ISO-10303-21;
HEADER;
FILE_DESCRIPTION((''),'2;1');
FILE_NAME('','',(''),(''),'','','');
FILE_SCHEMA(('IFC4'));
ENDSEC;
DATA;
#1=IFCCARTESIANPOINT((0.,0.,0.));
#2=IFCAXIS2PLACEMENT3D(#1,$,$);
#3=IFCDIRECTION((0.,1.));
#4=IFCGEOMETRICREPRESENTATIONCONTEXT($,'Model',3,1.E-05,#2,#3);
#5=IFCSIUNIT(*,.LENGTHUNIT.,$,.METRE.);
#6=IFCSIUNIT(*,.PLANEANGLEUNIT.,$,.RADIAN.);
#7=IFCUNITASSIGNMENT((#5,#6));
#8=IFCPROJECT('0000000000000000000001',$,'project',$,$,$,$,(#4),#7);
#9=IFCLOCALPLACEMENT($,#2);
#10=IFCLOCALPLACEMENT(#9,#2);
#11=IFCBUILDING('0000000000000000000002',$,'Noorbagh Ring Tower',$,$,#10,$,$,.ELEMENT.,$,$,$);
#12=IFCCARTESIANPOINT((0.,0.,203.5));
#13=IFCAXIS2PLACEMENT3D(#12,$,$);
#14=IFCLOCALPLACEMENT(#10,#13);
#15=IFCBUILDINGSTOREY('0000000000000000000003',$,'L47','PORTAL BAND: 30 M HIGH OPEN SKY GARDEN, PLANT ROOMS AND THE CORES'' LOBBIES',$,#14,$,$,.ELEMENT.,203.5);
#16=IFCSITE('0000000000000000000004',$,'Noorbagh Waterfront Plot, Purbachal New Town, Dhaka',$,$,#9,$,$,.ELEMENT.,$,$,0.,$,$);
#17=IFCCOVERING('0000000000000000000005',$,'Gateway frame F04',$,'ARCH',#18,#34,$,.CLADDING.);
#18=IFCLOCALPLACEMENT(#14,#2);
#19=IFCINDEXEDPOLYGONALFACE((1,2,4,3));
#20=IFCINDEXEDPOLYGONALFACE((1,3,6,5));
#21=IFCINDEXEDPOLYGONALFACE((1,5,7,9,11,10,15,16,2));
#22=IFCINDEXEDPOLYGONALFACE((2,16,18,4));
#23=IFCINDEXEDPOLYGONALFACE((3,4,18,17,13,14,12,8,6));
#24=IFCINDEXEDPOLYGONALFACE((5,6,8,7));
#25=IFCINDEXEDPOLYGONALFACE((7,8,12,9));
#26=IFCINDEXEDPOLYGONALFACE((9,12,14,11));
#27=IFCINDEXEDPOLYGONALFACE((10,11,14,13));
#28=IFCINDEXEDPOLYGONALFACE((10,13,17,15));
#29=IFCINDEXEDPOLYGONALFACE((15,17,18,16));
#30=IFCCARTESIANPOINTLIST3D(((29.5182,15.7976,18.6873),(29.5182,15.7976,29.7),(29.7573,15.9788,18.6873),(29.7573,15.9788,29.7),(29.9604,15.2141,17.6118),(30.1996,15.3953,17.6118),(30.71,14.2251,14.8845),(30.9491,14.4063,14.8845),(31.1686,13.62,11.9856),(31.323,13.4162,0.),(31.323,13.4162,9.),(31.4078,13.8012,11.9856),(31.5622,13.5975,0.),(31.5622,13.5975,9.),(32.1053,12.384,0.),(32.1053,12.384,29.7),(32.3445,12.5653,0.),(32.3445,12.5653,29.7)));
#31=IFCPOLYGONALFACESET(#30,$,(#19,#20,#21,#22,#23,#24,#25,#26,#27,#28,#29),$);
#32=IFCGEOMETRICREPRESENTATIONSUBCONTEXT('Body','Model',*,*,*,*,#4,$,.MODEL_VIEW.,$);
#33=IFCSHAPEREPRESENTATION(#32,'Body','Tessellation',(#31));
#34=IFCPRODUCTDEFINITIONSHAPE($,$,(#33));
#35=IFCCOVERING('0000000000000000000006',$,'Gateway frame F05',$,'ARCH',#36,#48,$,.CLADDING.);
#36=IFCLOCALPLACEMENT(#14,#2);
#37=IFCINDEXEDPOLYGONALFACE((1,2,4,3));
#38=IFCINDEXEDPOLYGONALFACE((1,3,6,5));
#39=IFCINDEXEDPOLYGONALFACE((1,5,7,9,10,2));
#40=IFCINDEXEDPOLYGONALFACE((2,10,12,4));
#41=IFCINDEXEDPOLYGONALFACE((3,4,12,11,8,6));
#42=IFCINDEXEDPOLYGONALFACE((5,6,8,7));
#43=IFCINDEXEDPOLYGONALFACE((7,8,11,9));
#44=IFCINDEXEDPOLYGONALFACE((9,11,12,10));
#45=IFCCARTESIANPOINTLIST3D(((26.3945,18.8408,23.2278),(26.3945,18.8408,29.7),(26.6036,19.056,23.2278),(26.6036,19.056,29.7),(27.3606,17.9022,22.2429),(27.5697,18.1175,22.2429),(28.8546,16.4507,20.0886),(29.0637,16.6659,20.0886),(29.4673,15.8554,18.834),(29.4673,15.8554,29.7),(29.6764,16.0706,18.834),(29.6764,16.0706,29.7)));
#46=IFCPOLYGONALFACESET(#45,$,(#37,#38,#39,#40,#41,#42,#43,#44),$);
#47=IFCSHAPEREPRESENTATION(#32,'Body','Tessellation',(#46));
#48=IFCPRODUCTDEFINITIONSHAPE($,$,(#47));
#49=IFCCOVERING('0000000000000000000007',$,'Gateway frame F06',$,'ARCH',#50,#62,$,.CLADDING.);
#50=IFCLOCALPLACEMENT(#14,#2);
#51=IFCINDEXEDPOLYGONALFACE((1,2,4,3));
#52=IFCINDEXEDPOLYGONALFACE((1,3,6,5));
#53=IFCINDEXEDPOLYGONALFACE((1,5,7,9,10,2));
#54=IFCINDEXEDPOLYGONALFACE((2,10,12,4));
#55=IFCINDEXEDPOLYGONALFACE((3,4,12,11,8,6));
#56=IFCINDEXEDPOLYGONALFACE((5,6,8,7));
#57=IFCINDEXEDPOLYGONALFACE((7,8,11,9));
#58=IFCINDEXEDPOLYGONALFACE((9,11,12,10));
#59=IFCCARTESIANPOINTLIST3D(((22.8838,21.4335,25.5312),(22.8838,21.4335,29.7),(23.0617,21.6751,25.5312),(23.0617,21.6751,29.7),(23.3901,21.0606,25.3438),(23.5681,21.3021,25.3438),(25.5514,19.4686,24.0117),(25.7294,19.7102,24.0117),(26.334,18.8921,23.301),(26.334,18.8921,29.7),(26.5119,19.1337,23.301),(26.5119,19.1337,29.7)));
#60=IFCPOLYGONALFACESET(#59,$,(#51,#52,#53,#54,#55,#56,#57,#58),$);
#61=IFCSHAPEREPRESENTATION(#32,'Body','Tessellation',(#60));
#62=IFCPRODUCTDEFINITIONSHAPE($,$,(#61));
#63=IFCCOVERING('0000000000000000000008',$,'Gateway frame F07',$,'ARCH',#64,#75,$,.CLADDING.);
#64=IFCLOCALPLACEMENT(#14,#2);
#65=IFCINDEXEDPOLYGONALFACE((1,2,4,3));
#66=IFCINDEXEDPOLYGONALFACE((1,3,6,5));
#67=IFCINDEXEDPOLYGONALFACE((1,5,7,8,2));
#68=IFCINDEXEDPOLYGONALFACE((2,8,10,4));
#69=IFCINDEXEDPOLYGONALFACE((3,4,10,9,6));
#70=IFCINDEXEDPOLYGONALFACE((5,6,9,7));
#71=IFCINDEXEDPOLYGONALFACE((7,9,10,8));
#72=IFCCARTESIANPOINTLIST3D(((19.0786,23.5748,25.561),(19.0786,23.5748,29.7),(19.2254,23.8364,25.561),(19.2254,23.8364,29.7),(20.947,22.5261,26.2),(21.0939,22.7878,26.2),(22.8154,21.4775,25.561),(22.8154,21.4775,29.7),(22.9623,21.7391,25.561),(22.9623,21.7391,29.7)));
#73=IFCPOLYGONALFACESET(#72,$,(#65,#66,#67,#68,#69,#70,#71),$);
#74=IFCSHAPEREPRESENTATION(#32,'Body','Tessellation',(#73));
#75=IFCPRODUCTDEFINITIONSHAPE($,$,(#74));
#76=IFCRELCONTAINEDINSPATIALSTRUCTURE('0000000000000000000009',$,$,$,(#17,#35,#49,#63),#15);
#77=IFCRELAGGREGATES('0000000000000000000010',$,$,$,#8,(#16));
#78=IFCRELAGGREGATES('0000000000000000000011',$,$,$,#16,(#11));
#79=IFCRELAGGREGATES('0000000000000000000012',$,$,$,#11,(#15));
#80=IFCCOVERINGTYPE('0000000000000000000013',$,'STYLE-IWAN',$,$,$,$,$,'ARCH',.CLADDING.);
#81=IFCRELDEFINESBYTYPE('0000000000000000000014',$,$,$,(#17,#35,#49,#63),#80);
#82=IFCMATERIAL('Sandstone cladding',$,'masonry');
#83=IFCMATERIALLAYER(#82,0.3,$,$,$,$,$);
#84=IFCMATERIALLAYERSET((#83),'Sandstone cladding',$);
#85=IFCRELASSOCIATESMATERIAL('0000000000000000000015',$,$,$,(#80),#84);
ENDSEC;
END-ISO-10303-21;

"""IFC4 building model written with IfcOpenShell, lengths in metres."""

from ifc_helpers import new_model, si_unit, direction, frame, origin, place, context, subcontext, project, spatial, polyline, outline, extrude, material, layer, layer_set, type_object, element, save


model = new_model("IFC4")

# Units and contexts
model_context = context("Model", 3, precision=1e-05, world=origin(), true_north=direction((0.0, 1.0)))
body_context = subcontext(model_context, "Body", "Model", "MODEL_VIEW")
ifc_project = project(units=[si_unit("LENGTHUNIT", "METRE"), si_unit("PLANEANGLEUNIT", "RADIAN")], contexts=[model_context])

# Site, building, storey
site_placement = place(None, origin())
site = spatial("IfcSite", under=ifc_project, at=site_placement, Name="Noorbagh Waterfront Plot, Purbachal New Town, Dhaka", CompositionType="ELEMENT", RefElevation=0.0)
building_placement = place(site_placement, origin())
building = spatial("IfcBuilding", under=site, at=building_placement, Name="Noorbagh Ring Tower", CompositionType="ELEMENT")
storey_placement = place(building_placement, frame((0.0, 0.0, 203.5)))
storey = spatial("IfcBuildingStorey", under=building, at=storey_placement, Name="L47", Description="PORTAL BAND: 30 M HIGH OPEN SKY GARDEN, PLANT ROOMS AND THE CORES' LOBBIES", CompositionType="ELEMENT", Elevation=203.5)

# Coverings
ifc_material_1 = material(Name="Sandstone cladding", Category="masonry")
ifc_layer_1 = layer(ifc_material_1, 0.3)
ifc_layer_set_1 = layer_set([ifc_layer_1], Name="Sandstone cladding")
covering_type = type_object("IfcCoveringType", Name="STYLE-IWAN", ElementType="ARCH", PredefinedType="CLADDING", material=ifc_layer_set_1)
covering_1_placement = place(storey_placement, frame((30.8118, 14.0908, 0.0), z_axis=(0.796969, 0.60402, 0.0), x_axis=(-0.60402, 0.796969, 0.0)))
element("IfcCovering", 1, at=covering_1_placement, inside=storey, type_object=covering_type, Name="Gateway frame F04", ObjectType="ARCH", PredefinedType="CLADDING", context=body_context, shape_type="SweptSolid", body=[
    extrude(outline(polyline([(-2.1416, 0.0), (-0.8464, 0.0), (-0.8464, 9.0), (-0.5908, 11.9856), (0.1685, 14.8845), (1.4094, 17.6118), (2.1416, 18.6873), (2.1416, 29.7), (-2.1416, 29.7), (-2.1416, 0.0)])), origin(), (0.0, 0.0, 1.0), 0.3),
])
covering_2_placement = place(storey_placement, frame((27.9309, 17.3481, 0.0), z_axis=(0.696842, 0.717225, 0.0), x_axis=(-0.717225, 0.696842, 0.0)))
element("IfcCovering", 2, at=covering_2_placement, inside=storey, type_object=covering_type, Name="Gateway frame F05", ObjectType="ARCH", PredefinedType="CLADDING", context=body_context, shape_type="SweptSolid", body=[
    extrude(outline(polyline([(-2.1421, 29.7), (-2.1421, 18.834), (-1.2878, 20.0886), (0.7952, 22.2429), (2.1421, 23.2278), (2.1421, 29.7), (-2.1421, 29.7)])), origin(), (0.0, 0.0, 1.0), 0.3),
])
covering_3_placement = place(storey_placement, frame((24.6089, 20.1628, 0.0), z_axis=(0.593067, 0.805153, 0.0), x_axis=(-0.805153, 0.593067, 0.0)))
element("IfcCovering", 3, at=covering_3_placement, inside=storey, type_object=covering_type, Name="Gateway frame F06", ObjectType="ARCH", PredefinedType="CLADDING", context=body_context, shape_type="SweptSolid", body=[
    extrude(outline(polyline([(-2.1426, 29.7), (-2.1426, 23.301), (-1.1707, 24.0117), (1.5137, 25.3438), (2.1426, 25.5312), (2.1426, 29.7), (-2.1426, 29.7)])), origin(), (0.0, 0.0, 1.0), 0.3),
])
covering_4_placement = place(storey_placement, frame((20.947, 22.5261, 0.0), z_axis=(0.489426, 0.872045, 0.0), x_axis=(-0.872045, 0.489426, 0.0)))
element("IfcCovering", 4, at=covering_4_placement, inside=storey, type_object=covering_type, Name="Gateway frame F07", ObjectType="ARCH", PredefinedType="CLADDING", context=body_context, shape_type="SweptSolid", body=[
    extrude(outline(polyline([(-2.1426, 29.7), (-2.1426, 25.561), (0.0, 26.2), (2.1426, 25.561), (2.1426, 29.7), (-2.1426, 29.7)])), origin(), (0.0, 0.0, 1.0), 0.3),
])

save(model, "model.ifc")
